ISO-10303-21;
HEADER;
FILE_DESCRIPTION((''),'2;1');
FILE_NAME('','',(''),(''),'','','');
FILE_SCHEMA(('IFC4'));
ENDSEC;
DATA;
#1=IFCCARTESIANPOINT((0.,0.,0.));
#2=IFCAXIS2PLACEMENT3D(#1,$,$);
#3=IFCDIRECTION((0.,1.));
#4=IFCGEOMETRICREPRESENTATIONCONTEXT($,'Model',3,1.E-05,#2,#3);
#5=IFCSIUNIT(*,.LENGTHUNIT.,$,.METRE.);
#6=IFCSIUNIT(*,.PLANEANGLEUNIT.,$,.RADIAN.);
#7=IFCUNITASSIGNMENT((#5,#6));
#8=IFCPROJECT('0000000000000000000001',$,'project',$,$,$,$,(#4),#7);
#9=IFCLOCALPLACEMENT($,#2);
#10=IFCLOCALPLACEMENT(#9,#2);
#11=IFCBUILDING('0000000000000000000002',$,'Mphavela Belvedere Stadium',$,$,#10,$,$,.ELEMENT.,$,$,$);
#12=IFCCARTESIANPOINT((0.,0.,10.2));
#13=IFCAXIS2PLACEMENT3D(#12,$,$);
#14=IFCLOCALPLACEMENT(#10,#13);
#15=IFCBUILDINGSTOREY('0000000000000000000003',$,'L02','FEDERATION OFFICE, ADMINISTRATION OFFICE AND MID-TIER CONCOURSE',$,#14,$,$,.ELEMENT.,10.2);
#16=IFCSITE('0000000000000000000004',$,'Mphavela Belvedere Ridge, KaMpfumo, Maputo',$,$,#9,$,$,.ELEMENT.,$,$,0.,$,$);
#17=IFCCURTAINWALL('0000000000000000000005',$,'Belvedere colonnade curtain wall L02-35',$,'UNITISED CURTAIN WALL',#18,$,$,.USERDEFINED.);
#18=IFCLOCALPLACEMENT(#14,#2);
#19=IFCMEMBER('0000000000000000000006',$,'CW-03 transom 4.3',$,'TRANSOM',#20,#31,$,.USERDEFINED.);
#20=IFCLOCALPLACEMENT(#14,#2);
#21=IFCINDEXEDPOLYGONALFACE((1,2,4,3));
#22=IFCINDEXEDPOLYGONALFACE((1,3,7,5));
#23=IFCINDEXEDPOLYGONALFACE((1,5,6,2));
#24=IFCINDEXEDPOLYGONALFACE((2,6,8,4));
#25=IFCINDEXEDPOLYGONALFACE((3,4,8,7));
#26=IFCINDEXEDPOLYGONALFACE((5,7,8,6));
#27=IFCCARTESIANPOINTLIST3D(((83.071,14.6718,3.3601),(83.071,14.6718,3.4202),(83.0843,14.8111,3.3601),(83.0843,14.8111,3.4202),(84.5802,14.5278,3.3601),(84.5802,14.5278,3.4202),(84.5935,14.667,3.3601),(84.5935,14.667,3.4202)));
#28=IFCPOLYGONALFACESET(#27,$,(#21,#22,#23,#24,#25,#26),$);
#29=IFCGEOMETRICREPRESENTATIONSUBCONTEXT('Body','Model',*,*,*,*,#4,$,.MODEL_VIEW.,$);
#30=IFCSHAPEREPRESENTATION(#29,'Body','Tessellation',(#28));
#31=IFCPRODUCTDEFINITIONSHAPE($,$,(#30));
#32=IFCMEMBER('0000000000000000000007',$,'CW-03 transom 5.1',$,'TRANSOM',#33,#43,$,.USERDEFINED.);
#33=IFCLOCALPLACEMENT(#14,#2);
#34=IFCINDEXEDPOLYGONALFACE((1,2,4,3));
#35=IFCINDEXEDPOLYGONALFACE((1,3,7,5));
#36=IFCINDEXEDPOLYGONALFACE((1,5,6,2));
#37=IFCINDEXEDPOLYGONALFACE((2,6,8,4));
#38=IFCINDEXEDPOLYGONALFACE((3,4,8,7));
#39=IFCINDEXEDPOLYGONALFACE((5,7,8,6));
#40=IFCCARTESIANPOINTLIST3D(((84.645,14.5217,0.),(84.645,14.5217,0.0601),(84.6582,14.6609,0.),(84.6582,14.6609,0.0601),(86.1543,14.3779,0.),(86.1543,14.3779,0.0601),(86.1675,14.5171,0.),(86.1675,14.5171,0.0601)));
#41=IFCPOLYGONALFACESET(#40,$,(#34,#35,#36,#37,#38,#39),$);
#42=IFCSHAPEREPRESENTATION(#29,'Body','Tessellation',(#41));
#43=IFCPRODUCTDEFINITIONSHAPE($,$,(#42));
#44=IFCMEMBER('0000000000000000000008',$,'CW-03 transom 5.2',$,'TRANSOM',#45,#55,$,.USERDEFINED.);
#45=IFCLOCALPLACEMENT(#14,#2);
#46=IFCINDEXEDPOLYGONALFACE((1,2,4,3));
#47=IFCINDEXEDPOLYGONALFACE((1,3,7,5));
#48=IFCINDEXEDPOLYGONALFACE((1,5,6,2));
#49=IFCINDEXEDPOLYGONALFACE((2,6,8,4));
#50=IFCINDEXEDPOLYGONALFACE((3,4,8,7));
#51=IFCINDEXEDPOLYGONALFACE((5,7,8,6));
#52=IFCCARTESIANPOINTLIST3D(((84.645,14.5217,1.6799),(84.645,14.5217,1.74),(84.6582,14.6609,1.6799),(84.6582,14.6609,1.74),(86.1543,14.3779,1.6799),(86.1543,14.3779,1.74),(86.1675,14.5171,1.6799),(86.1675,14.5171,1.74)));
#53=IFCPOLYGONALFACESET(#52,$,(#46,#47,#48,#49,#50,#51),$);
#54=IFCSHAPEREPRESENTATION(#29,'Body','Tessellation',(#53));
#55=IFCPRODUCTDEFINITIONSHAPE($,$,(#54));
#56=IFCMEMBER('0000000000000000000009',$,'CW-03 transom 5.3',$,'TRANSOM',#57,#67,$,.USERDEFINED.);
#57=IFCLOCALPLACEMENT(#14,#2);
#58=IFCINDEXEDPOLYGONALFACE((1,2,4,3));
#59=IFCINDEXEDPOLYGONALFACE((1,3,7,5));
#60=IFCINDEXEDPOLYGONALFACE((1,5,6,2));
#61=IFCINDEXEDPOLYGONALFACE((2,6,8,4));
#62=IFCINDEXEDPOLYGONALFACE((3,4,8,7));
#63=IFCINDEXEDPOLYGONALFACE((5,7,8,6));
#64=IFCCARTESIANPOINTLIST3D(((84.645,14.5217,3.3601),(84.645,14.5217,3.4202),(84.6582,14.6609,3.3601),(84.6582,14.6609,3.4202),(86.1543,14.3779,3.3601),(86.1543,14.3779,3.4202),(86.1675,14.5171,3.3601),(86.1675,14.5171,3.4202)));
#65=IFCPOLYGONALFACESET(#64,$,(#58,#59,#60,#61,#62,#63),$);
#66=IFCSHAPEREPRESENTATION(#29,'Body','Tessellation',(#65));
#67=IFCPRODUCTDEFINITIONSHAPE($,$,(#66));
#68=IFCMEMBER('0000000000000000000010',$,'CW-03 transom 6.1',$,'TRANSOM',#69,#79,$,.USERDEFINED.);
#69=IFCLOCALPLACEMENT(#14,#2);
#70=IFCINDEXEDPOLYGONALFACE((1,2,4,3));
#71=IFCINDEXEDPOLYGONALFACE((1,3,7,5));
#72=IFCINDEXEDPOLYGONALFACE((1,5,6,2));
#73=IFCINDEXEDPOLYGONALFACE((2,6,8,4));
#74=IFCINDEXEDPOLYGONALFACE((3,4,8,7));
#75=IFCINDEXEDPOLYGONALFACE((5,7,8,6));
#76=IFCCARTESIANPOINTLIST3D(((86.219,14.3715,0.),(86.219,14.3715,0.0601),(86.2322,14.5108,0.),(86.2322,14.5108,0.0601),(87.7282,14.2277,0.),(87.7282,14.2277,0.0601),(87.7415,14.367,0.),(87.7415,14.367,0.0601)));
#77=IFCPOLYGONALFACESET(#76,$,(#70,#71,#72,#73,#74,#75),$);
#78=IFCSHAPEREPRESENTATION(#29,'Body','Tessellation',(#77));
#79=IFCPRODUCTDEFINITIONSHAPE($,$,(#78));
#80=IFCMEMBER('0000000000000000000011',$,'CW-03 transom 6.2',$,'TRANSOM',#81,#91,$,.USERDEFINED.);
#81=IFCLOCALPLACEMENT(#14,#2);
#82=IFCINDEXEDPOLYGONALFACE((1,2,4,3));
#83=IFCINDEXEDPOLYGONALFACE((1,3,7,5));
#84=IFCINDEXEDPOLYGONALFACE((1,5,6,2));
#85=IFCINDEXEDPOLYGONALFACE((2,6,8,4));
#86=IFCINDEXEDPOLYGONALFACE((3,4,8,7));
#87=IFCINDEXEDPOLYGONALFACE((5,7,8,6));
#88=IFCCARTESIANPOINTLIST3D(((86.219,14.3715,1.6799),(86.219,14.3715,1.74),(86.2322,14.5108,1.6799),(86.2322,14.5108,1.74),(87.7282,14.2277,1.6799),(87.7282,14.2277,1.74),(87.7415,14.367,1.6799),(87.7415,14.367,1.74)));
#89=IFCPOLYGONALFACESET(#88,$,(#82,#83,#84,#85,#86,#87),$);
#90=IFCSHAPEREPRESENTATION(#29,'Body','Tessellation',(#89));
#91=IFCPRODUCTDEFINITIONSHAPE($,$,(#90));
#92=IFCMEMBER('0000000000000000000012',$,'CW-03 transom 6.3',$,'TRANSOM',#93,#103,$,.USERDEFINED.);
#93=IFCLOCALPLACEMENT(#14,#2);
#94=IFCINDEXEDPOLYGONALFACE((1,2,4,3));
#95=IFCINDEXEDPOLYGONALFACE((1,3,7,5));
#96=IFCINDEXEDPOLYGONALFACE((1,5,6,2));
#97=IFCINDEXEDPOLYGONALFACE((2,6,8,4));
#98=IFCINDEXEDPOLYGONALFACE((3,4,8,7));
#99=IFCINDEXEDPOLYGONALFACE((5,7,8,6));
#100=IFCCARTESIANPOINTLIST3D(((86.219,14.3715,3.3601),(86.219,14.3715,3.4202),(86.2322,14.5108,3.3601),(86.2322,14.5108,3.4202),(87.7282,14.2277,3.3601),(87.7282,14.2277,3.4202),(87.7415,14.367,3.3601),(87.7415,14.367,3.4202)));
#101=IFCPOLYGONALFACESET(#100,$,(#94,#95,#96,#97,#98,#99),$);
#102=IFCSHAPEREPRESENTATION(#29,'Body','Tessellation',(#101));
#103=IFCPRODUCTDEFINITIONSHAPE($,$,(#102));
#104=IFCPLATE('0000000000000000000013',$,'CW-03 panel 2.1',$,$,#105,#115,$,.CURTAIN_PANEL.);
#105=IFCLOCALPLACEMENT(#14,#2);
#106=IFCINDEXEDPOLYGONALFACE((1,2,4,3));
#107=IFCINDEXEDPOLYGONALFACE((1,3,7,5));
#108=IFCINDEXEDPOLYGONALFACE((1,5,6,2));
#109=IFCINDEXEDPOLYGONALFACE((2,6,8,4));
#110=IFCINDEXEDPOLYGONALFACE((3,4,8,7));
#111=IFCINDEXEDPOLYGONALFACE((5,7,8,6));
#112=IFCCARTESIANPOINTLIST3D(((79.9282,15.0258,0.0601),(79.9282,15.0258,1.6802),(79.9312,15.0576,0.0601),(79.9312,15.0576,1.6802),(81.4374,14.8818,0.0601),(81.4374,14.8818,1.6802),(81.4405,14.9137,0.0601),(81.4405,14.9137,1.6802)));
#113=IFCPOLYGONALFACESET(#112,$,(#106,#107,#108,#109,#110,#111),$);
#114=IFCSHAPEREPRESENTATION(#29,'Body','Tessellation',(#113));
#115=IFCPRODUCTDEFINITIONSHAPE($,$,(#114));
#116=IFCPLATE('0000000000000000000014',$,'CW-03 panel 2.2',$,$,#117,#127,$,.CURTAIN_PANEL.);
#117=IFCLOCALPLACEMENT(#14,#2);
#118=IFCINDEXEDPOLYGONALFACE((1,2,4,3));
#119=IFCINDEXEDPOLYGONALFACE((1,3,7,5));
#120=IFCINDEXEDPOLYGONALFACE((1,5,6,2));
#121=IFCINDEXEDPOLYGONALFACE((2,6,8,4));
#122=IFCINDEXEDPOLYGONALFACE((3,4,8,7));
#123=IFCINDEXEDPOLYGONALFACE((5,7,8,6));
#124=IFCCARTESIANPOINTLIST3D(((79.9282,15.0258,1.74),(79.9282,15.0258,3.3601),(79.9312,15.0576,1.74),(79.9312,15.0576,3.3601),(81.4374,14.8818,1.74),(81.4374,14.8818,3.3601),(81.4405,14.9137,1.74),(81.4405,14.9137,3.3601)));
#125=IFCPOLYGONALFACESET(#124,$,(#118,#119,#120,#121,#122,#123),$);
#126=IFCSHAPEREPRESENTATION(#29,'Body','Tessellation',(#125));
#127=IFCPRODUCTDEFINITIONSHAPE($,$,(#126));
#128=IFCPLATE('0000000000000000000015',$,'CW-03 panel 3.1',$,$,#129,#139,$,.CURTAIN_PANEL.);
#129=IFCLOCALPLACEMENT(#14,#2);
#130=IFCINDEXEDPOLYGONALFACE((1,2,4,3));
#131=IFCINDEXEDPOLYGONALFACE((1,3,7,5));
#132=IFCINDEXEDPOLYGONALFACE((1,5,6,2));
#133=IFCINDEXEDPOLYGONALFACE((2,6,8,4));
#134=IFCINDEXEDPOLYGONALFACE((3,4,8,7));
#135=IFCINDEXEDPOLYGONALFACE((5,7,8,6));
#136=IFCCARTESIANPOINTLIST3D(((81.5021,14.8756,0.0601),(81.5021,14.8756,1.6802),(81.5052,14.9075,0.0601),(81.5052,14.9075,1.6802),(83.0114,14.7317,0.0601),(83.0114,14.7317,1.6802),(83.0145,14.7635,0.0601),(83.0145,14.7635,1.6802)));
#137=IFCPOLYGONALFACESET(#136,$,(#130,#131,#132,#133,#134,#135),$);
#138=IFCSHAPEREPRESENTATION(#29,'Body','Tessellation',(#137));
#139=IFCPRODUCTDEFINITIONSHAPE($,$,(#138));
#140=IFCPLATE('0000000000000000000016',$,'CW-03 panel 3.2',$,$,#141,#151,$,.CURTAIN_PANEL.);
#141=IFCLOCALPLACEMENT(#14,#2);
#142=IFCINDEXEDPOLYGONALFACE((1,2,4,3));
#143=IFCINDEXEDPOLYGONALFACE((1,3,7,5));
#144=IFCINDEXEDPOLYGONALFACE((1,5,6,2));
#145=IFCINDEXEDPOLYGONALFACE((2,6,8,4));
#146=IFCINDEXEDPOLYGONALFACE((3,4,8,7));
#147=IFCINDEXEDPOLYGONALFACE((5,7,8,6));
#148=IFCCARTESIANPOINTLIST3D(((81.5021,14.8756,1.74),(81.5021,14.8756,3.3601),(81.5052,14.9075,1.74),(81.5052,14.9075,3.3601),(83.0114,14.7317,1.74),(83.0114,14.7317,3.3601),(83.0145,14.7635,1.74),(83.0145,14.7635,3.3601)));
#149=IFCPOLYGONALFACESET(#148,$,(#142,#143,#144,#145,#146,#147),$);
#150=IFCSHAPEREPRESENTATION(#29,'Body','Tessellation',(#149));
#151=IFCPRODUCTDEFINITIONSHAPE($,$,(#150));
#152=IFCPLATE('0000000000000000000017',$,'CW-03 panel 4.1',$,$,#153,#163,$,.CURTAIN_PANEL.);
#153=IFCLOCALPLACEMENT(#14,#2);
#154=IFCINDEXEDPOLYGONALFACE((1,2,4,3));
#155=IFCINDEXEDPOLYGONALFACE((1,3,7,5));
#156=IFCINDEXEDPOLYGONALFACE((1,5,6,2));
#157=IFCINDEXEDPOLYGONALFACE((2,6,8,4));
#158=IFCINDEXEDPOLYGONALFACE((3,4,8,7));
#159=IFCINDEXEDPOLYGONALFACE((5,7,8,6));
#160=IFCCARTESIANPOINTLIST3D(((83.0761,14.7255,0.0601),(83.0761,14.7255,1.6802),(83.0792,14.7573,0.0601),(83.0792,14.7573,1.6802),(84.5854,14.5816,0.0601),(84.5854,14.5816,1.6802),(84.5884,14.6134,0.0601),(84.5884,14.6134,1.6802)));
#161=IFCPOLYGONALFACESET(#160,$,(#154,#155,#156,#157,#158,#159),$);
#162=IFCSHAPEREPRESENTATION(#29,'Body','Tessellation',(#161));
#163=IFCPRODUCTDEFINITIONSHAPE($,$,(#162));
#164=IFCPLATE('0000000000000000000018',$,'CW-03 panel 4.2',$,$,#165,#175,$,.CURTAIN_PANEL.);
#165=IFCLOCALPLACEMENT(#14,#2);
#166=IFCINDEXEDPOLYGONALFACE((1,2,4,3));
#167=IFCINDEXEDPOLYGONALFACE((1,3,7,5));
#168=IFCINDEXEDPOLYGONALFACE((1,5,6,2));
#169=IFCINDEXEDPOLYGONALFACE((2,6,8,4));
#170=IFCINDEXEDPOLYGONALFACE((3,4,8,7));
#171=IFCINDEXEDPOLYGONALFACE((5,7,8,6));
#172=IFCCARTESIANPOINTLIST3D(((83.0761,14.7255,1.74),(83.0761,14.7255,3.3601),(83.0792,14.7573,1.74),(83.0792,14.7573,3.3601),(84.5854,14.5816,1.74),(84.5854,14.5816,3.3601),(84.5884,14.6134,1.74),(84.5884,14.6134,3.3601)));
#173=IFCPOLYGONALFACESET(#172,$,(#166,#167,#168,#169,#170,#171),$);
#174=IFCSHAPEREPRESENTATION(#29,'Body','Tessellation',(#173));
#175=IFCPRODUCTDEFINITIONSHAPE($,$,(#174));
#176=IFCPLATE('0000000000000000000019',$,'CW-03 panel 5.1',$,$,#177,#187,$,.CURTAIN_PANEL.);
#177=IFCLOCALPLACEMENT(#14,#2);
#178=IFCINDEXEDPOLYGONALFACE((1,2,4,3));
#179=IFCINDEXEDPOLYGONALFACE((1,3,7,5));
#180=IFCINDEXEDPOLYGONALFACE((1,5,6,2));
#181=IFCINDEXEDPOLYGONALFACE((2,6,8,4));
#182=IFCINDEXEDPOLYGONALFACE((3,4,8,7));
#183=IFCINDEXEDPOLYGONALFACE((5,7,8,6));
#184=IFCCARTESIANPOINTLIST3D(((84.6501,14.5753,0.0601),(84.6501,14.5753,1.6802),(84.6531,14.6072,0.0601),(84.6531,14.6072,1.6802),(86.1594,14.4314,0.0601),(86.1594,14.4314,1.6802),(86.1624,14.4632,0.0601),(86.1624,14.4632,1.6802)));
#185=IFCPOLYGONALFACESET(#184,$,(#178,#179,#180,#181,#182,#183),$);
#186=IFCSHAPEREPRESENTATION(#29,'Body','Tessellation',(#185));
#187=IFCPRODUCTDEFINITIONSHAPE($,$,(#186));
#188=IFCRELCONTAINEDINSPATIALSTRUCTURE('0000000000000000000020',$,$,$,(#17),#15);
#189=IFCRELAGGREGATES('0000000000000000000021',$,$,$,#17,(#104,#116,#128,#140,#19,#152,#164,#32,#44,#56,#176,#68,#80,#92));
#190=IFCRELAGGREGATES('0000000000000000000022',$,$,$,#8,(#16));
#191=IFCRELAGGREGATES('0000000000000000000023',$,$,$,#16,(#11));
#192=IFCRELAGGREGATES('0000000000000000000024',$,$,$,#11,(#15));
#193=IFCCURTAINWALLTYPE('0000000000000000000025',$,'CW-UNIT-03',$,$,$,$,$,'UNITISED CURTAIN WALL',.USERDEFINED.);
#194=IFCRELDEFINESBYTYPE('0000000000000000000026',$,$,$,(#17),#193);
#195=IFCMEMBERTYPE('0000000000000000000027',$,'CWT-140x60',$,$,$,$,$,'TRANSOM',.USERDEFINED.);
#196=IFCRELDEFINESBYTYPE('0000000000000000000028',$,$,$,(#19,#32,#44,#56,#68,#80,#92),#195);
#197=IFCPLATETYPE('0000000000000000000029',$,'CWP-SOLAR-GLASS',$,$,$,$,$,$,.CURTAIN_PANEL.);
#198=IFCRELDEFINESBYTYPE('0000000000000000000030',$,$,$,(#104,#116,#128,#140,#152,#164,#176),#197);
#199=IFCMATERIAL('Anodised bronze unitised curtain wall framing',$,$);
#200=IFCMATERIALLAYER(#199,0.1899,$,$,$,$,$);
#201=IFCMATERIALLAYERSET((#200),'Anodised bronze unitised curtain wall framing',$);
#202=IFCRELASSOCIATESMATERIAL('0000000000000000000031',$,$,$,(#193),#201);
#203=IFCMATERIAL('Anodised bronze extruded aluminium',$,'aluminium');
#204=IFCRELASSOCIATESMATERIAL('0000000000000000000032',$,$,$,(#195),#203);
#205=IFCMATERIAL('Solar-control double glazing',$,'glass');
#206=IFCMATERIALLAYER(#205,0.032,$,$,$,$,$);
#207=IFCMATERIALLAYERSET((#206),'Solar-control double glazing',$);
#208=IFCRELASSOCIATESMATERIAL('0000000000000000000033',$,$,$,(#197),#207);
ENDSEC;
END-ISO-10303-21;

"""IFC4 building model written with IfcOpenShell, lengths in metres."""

from ifc_helpers import new_model, si_unit, direction, frame, origin, origin_2d, place, context, subcontext, project, spatial, rectangle, extrude, material, layer, layer_set, material_profile, profile_set, type_object, element, aggregate, save


model = new_model("IFC4")

# Units and contexts
model_context = context("Model", 3, precision=1e-05, world=origin(), true_north=direction((0.0, 1.0)))
body_context = subcontext(model_context, "Body", "Model", "MODEL_VIEW")
ifc_project = project(units=[si_unit("LENGTHUNIT", "METRE"), si_unit("PLANEANGLEUNIT", "RADIAN")], contexts=[model_context])

# Site, building, storey
site_placement = place(None, origin())
site = spatial("IfcSite", under=ifc_project, at=site_placement, Name="Mphavela Belvedere Ridge, KaMpfumo, Maputo", CompositionType="ELEMENT", RefElevation=0.0)
building_placement = place(site_placement, origin())
building = spatial("IfcBuilding", under=site, at=building_placement, Name="Mphavela Belvedere Stadium", CompositionType="ELEMENT")
storey_placement = place(building_placement, frame((0.0, 0.0, 10.2)))
storey = spatial("IfcBuildingStorey", under=building, at=storey_placement, Name="L02", Description="FEDERATION OFFICE, ADMINISTRATION OFFICE AND MID-TIER CONCOURSE", CompositionType="ELEMENT", Elevation=10.2)

# Curtain wall, members, plates
ifc_material_1 = material(Name="Anodised bronze unitised curtain wall framing")
ifc_layer_1 = layer(ifc_material_1, 0.1899)
ifc_layer_set_1 = layer_set([ifc_layer_1], Name="Anodised bronze unitised curtain wall framing")
curtain_wall_type = type_object("IfcCurtainWallType", Name="CW-UNIT-03", ElementType="UNITISED CURTAIN WALL", PredefinedType="USERDEFINED", material=ifc_layer_set_1)
curtain_wall_placement = place(storey_placement, origin())
curtain_wall = element("IfcCurtainWall", 1, at=curtain_wall_placement, inside=storey, type_object=curtain_wall_type, Name="Belvedere colonnade curtain wall L02-35", ObjectType="UNITISED CURTAIN WALL", PredefinedType="USERDEFINED")
ifc_material_2 = material(Name="Anodised bronze extruded aluminium", Category="aluminium")
ifc_material_profile_1 = material_profile(ifc_material_2, rectangle(XDim=0.1399, YDim=0.0601, at=origin_2d()), Name="CW-TRN 140x60")
ifc_profile_set_1 = profile_set([ifc_material_profile_1], Name="Anodised bronze extruded aluminium")
member_type_1 = type_object("IfcMemberType", Name="CWT-140x60", ElementType="TRANSOM", PredefinedType="USERDEFINED", material=ifc_profile_set_1)
member_1_placement = place(storey_placement, frame((83.0776, 14.7415, 3.3901), z_axis=(0.995477, -0.095007, 0.0), x_axis=(0.095007, 0.995477, 0.0)))
member_1 = element("IfcMember", 2, at=member_1_placement, type_object=member_type_1, Name="CW-03 transom 4.3", ObjectType="TRANSOM", PredefinedType="USERDEFINED", context=body_context, shape_type="SweptSolid", body=[
    extrude(rectangle(XDim=0.1399, YDim=0.0601, at=origin_2d()), origin(), (0.0, 0.0, 1.0), 1.5161),
])
member_2_placement = place(storey_placement, frame((84.6516, 14.5913, 0.03), z_axis=(0.995492, -0.094847, 0.0), x_axis=(0.094847, 0.995492, 0.0)))
member_2 = element("IfcMember", 3, at=member_2_placement, type_object=member_type_1, Name="CW-03 transom 5.1", ObjectType="TRANSOM", PredefinedType="USERDEFINED", context=body_context, shape_type="SweptSolid", body=[
    extrude(rectangle(XDim=0.1399, YDim=0.0601, at=origin_2d()), origin(), (0.0, 0.0, 1.0), 1.5161),
])
member_3_placement = place(storey_placement, frame((84.6516, 14.5913, 1.71), z_axis=(0.995492, -0.094847, 0.0), x_axis=(0.094847, 0.995492, 0.0)))
member_3 = element("IfcMember", 4, at=member_3_placement, type_object=member_type_1, Name="CW-03 transom 5.2", ObjectType="TRANSOM", PredefinedType="USERDEFINED", context=body_context, shape_type="SweptSolid", body=[
    extrude(rectangle(XDim=0.1399, YDim=0.0601, at=origin_2d()), origin(), (0.0, 0.0, 1.0), 1.5161),
])
member_4_placement = place(storey_placement, frame((84.6516, 14.5913, 3.3901), z_axis=(0.995492, -0.094847, 0.0), x_axis=(0.094847, 0.995492, 0.0)))
member_4 = element("IfcMember", 5, at=member_4_placement, type_object=member_type_1, Name="CW-03 transom 5.3", ObjectType="TRANSOM", PredefinedType="USERDEFINED", context=body_context, shape_type="SweptSolid", body=[
    extrude(rectangle(XDim=0.1399, YDim=0.0601, at=origin_2d()), origin(), (0.0, 0.0, 1.0), 1.5161),
])
member_5_placement = place(storey_placement, frame((86.2256, 14.4412, 0.03), z_axis=(0.995492, -0.094847, 0.0), x_axis=(0.094847, 0.995492, 0.0)))
member_5 = element("IfcMember", 6, at=member_5_placement, type_object=member_type_1, Name="CW-03 transom 6.1", ObjectType="TRANSOM", PredefinedType="USERDEFINED", context=body_context, shape_type="SweptSolid", body=[
    extrude(rectangle(XDim=0.1399, YDim=0.0601, at=origin_2d()), origin(), (0.0, 0.0, 1.0), 1.5161),
])
member_6_placement = place(storey_placement, frame((86.2256, 14.4412, 1.71), z_axis=(0.995492, -0.094847, 0.0), x_axis=(0.094847, 0.995492, 0.0)))
member_6 = element("IfcMember", 7, at=member_6_placement, type_object=member_type_1, Name="CW-03 transom 6.2", ObjectType="TRANSOM", PredefinedType="USERDEFINED", context=body_context, shape_type="SweptSolid", body=[
    extrude(rectangle(XDim=0.1399, YDim=0.0601, at=origin_2d()), origin(), (0.0, 0.0, 1.0), 1.5161),
])
member_7_placement = place(storey_placement, frame((86.2256, 14.4412, 3.3901), z_axis=(0.995492, -0.094847, 0.0), x_axis=(0.094847, 0.995492, 0.0)))
member_7 = element("IfcMember", 8, at=member_7_placement, type_object=member_type_1, Name="CW-03 transom 6.3", ObjectType="TRANSOM", PredefinedType="USERDEFINED", context=body_context, shape_type="SweptSolid", body=[
    extrude(rectangle(XDim=0.1399, YDim=0.0601, at=origin_2d()), origin(), (0.0, 0.0, 1.0), 1.5161),
])
ifc_material_3 = material(Name="Solar-control double glazing", Category="glass")
ifc_layer_2 = layer(ifc_material_3, 0.032)
ifc_layer_set_2 = layer_set([ifc_layer_2], Name="Solar-control double glazing")
plate_type = type_object("IfcPlateType", Name="CWP-SOLAR-GLASS", PredefinedType="CURTAIN_PANEL", material=ifc_layer_set_2)
plate_1_placement = place(storey_placement, frame((80.6843, 14.9697, 0.0601), z_axis=(0.0, 0.0, 1.0), x_axis=(0.995484, -0.094926, 0.0)))
plate_1 = element("IfcPlate", 9, at=plate_1_placement, type_object=plate_type, Name="CW-03 panel 2.1", PredefinedType="CURTAIN_PANEL", context=body_context, shape_type="SweptSolid", body=[
    extrude(rectangle(XDim=1.5161, YDim=0.032, at=origin_2d()), origin(), (0.0, 0.0, 1.0), 1.6201),
])
plate_2_placement = place(storey_placement, frame((80.6843, 14.9697, 1.74), z_axis=(0.0, 0.0, 1.0), x_axis=(0.995484, -0.094926, 0.0)))
plate_2 = element("IfcPlate", 10, at=plate_2_placement, type_object=plate_type, Name="CW-03 panel 2.2", PredefinedType="CURTAIN_PANEL", context=body_context, shape_type="SweptSolid", body=[
    extrude(rectangle(XDim=1.5161, YDim=0.032, at=origin_2d()), origin(), (0.0, 0.0, 1.0), 1.6201),
])
plate_3_placement = place(storey_placement, frame((82.2583, 14.8196, 0.0601), z_axis=(0.0, 0.0, 1.0), x_axis=(0.995484, -0.094926, 0.0)))
plate_3 = element("IfcPlate", 11, at=plate_3_placement, type_object=plate_type, Name="CW-03 panel 3.1", PredefinedType="CURTAIN_PANEL", context=body_context, shape_type="SweptSolid", body=[
    extrude(rectangle(XDim=1.5161, YDim=0.032, at=origin_2d()), origin(), (0.0, 0.0, 1.0), 1.6201),
])
plate_4_placement = place(storey_placement, frame((82.2583, 14.8196, 1.74), z_axis=(0.0, 0.0, 1.0), x_axis=(0.995484, -0.094926, 0.0)))
plate_4 = element("IfcPlate", 12, at=plate_4_placement, type_object=plate_type, Name="CW-03 panel 3.2", PredefinedType="CURTAIN_PANEL", context=body_context, shape_type="SweptSolid", body=[
    extrude(rectangle(XDim=1.5161, YDim=0.032, at=origin_2d()), origin(), (0.0, 0.0, 1.0), 1.6201),
])
plate_5_placement = place(storey_placement, frame((83.8323, 14.6694, 0.0601), z_axis=(0.0, 0.0, 1.0), x_axis=(0.995484, -0.094926, 0.0)))
plate_5 = element("IfcPlate", 13, at=plate_5_placement, type_object=plate_type, Name="CW-03 panel 4.1", PredefinedType="CURTAIN_PANEL", context=body_context, shape_type="SweptSolid", body=[
    extrude(rectangle(XDim=1.5161, YDim=0.032, at=origin_2d()), origin(), (0.0, 0.0, 1.0), 1.6201),
])
plate_6_placement = place(storey_placement, frame((83.8323, 14.6694, 1.74), z_axis=(0.0, 0.0, 1.0), x_axis=(0.995484, -0.094926, 0.0)))
plate_6 = element("IfcPlate", 14, at=plate_6_placement, type_object=plate_type, Name="CW-03 panel 4.2", PredefinedType="CURTAIN_PANEL", context=body_context, shape_type="SweptSolid", body=[
    extrude(rectangle(XDim=1.5161, YDim=0.032, at=origin_2d()), origin(), (0.0, 0.0, 1.0), 1.6201),
])
plate_7_placement = place(storey_placement, frame((85.4062, 14.5193, 0.0601), z_axis=(0.0, 0.0, 1.0), x_axis=(0.995484, -0.094926, 0.0)))
plate_7 = element("IfcPlate", 15, at=plate_7_placement, type_object=plate_type, Name="CW-03 panel 5.1", PredefinedType="CURTAIN_PANEL", context=body_context, shape_type="SweptSolid", body=[
    extrude(rectangle(XDim=1.5161, YDim=0.032, at=origin_2d()), origin(), (0.0, 0.0, 1.0), 1.6201),
])
aggregate(curtain_wall, [plate_1, plate_2, plate_3, plate_4, member_1, plate_5, plate_6, member_2, member_3, member_4, plate_7, member_5, member_6, member_7])

save(model, "model.ifc")
